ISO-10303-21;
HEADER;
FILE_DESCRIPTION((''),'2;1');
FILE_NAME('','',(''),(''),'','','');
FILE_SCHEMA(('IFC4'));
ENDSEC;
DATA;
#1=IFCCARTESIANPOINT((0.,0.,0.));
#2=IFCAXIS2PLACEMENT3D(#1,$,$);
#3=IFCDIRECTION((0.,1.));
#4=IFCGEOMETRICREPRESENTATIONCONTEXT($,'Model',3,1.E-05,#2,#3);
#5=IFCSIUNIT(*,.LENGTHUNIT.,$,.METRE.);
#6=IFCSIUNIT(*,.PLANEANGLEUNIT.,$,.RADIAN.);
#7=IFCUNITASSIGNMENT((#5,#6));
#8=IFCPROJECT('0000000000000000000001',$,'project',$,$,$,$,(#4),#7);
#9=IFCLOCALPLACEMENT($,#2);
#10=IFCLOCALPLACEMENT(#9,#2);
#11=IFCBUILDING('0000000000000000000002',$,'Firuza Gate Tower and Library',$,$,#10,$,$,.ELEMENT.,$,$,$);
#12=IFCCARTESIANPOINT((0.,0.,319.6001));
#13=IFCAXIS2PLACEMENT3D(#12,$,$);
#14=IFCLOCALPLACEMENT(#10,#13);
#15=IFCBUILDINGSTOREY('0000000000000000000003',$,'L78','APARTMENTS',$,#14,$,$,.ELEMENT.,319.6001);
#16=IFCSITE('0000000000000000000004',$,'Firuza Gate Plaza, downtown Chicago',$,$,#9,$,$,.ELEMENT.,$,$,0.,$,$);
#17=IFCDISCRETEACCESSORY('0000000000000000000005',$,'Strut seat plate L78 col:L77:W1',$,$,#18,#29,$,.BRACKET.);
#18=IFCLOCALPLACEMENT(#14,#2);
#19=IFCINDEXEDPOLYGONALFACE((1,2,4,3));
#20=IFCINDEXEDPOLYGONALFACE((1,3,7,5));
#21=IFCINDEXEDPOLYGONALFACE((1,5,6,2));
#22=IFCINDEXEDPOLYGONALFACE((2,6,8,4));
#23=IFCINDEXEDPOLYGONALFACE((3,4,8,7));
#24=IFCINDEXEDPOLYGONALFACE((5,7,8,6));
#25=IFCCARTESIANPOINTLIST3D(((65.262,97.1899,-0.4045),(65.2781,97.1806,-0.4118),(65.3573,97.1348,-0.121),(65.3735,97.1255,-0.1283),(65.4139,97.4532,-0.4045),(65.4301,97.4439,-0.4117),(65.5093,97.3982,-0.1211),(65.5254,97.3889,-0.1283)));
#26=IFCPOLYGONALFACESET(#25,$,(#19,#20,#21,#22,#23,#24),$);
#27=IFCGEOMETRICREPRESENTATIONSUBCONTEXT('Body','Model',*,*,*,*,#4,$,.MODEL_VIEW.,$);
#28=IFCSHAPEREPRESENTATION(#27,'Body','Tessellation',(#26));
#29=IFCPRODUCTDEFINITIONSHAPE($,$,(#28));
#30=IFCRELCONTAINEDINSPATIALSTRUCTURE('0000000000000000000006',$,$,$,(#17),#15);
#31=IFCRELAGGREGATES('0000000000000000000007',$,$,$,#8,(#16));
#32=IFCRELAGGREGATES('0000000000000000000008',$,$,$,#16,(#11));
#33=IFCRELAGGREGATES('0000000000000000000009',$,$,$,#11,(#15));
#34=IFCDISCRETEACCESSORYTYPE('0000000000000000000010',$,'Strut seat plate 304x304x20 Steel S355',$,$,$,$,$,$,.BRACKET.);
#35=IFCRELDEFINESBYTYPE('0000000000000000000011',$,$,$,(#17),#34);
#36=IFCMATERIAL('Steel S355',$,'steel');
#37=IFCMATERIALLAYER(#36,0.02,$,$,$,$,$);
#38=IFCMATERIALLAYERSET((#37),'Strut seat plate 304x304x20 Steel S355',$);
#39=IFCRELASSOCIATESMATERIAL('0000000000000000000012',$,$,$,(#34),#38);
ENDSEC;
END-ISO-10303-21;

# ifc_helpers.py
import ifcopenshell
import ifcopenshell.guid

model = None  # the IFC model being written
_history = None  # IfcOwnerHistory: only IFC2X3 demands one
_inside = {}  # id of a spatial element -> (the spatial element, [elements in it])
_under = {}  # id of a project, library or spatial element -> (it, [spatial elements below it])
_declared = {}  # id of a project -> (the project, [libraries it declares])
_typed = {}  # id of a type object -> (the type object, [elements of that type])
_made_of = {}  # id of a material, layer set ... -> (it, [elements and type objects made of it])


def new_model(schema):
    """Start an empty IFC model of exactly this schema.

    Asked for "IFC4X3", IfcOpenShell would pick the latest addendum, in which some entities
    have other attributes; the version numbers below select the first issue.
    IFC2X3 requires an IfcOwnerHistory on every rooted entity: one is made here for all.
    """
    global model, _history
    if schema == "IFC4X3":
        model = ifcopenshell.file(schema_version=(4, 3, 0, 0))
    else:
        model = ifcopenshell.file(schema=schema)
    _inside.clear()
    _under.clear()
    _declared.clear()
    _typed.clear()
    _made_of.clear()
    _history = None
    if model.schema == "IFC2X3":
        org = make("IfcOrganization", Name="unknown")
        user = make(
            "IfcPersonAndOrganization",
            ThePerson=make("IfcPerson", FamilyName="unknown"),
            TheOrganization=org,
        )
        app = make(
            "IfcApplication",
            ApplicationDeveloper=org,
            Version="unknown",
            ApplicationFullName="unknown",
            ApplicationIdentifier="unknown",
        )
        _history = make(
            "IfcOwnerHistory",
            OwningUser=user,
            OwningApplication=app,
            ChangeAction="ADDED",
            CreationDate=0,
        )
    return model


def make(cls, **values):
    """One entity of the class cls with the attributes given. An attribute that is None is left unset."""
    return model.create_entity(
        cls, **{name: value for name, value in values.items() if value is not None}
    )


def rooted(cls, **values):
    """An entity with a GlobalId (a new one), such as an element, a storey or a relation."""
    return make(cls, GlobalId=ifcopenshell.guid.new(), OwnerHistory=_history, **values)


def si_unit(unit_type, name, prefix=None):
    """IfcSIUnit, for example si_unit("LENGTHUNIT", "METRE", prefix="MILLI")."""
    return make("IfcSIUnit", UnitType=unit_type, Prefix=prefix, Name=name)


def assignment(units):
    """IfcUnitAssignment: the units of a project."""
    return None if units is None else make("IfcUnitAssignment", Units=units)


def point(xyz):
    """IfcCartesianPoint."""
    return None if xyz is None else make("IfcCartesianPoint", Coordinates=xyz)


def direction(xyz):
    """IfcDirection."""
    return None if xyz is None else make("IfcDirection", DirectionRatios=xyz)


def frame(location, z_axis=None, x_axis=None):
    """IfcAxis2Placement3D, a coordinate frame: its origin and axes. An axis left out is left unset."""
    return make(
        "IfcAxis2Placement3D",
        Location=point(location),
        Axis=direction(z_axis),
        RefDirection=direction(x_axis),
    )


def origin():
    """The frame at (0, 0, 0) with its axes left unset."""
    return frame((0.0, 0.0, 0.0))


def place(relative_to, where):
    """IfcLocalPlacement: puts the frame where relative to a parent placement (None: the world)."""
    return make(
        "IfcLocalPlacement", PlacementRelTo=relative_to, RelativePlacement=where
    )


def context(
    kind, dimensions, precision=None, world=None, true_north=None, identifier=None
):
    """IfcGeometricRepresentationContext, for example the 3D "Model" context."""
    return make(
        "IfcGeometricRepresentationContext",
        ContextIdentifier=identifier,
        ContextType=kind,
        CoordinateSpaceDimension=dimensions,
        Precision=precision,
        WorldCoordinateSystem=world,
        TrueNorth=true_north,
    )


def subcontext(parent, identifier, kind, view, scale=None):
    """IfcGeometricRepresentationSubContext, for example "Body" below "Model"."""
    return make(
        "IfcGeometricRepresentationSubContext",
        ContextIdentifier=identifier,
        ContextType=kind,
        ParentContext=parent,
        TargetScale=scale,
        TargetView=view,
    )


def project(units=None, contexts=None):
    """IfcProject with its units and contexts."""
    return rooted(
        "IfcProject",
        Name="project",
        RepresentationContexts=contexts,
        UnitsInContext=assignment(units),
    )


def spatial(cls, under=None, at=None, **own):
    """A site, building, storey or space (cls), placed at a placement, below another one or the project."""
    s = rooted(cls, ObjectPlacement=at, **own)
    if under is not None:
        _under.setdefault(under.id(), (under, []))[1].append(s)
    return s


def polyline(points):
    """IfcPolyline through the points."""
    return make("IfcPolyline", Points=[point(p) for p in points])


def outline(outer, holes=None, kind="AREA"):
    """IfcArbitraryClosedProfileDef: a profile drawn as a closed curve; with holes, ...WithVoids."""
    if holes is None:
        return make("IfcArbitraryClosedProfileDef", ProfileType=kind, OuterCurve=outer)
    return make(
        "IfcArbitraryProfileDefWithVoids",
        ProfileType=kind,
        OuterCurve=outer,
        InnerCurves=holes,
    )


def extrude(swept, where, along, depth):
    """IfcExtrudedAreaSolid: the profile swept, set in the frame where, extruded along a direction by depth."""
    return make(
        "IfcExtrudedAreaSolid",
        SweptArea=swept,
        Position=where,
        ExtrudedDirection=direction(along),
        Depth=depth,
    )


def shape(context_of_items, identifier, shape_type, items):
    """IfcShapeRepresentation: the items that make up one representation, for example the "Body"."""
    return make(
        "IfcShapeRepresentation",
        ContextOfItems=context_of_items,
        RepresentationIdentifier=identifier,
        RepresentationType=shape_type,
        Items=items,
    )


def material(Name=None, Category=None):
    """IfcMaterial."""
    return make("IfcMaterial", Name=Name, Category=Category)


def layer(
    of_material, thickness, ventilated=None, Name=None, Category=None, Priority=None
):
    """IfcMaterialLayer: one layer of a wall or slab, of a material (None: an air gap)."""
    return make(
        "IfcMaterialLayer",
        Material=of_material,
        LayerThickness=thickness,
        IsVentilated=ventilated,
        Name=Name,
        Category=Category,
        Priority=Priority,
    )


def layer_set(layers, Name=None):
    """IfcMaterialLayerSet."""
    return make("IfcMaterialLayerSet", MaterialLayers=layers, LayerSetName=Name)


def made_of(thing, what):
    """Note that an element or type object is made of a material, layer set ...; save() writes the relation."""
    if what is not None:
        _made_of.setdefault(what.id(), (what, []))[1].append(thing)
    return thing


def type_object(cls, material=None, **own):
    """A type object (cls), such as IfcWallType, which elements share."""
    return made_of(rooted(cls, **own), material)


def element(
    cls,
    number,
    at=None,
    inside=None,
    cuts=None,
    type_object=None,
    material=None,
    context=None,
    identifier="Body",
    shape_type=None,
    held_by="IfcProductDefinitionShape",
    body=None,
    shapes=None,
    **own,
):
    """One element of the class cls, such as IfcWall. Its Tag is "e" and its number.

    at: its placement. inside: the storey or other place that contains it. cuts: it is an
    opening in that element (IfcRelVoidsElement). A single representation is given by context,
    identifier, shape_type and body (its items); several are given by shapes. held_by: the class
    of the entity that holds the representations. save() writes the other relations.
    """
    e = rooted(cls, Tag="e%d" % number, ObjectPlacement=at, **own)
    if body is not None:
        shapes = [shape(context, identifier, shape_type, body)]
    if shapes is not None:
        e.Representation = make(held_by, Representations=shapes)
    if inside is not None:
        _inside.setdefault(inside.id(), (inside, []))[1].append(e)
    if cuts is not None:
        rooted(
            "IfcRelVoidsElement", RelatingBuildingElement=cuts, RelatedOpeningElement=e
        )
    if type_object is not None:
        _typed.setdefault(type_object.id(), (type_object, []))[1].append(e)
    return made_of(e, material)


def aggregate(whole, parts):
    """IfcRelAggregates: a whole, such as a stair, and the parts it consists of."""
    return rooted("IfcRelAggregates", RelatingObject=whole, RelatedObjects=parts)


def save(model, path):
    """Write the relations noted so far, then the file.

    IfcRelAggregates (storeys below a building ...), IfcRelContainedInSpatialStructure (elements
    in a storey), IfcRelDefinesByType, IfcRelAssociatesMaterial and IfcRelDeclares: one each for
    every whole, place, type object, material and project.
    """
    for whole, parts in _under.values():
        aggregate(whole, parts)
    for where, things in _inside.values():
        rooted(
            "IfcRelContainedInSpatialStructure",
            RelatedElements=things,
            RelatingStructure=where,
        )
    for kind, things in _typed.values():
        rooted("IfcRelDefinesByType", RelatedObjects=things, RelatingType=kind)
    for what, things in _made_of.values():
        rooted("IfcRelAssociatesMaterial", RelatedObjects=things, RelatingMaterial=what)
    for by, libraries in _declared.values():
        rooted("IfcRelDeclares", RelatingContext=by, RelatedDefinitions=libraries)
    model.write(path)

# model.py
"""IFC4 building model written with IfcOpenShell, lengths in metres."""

from ifc_helpers import new_model, si_unit, direction, frame, origin, place, context, subcontext, project, spatial, polyline, outline, extrude, material, layer, layer_set, type_object, element, save


model = new_model("IFC4")

# Units and contexts
model_context = context("Model", 3, precision=1e-05, world=origin(), true_north=direction((0.0, 1.0)))
body_context = subcontext(model_context, "Body", "Model", "MODEL_VIEW")
ifc_project = project(units=[si_unit("LENGTHUNIT", "METRE"), si_unit("PLANEANGLEUNIT", "RADIAN")], contexts=[model_context])

# Site, building, storey
site_placement = place(None, origin())
site = spatial("IfcSite", under=ifc_project, at=site_placement, Name="Firuza Gate Plaza, downtown Chicago", CompositionType="ELEMENT", RefElevation=0.0)
building_placement = place(site_placement, origin())
building = spatial("IfcBuilding", under=site, at=building_placement, Name="Firuza Gate Tower and Library", CompositionType="ELEMENT")
storey_placement = place(building_placement, frame((0.0, 0.0, 319.6001)))
storey = spatial("IfcBuildingStorey", under=building, at=storey_placement, Name="L78", Description="APARTMENTS", CompositionType="ELEMENT", Elevation=319.6001)

# Discrete accessory
ifc_material_1 = material(Name="Steel S355", Category="steel")
ifc_layer_1 = layer(ifc_material_1, 0.02)
ifc_layer_set_1 = layer_set([ifc_layer_1], Name="Strut seat plate 304x304x20 Steel S355")
discrete_accessory_type = type_object("IfcDiscreteAccessoryType", Name="Strut seat plate 304x304x20 Steel S355", PredefinedType="BRACKET", material=ifc_layer_set_1)
discrete_accessory_1_placement = place(storey_placement, frame((65.5093, 97.3982, -0.1211), z_axis=(-0.807329, 0.465982, 0.362051), x_axis=(-0.499834, -0.866121, 0.000185)))
element("IfcDiscreteAccessory", 1, at=discrete_accessory_1_placement, inside=storey, type_object=discrete_accessory_type, Name="Strut seat plate L78 col:L77:W1", PredefinedType="BRACKET", context=body_context, shape_type="SweptSolid", body=[
    extrude(outline(polyline([(0.0, 0.0), (0.3041, 0.0), (0.3039, -0.3041), (0.0, -0.304), (0.0, 0.0)])), origin(), (0.0, 0.0, -1.0), 0.02),
])

save(model, "model.ifc")
